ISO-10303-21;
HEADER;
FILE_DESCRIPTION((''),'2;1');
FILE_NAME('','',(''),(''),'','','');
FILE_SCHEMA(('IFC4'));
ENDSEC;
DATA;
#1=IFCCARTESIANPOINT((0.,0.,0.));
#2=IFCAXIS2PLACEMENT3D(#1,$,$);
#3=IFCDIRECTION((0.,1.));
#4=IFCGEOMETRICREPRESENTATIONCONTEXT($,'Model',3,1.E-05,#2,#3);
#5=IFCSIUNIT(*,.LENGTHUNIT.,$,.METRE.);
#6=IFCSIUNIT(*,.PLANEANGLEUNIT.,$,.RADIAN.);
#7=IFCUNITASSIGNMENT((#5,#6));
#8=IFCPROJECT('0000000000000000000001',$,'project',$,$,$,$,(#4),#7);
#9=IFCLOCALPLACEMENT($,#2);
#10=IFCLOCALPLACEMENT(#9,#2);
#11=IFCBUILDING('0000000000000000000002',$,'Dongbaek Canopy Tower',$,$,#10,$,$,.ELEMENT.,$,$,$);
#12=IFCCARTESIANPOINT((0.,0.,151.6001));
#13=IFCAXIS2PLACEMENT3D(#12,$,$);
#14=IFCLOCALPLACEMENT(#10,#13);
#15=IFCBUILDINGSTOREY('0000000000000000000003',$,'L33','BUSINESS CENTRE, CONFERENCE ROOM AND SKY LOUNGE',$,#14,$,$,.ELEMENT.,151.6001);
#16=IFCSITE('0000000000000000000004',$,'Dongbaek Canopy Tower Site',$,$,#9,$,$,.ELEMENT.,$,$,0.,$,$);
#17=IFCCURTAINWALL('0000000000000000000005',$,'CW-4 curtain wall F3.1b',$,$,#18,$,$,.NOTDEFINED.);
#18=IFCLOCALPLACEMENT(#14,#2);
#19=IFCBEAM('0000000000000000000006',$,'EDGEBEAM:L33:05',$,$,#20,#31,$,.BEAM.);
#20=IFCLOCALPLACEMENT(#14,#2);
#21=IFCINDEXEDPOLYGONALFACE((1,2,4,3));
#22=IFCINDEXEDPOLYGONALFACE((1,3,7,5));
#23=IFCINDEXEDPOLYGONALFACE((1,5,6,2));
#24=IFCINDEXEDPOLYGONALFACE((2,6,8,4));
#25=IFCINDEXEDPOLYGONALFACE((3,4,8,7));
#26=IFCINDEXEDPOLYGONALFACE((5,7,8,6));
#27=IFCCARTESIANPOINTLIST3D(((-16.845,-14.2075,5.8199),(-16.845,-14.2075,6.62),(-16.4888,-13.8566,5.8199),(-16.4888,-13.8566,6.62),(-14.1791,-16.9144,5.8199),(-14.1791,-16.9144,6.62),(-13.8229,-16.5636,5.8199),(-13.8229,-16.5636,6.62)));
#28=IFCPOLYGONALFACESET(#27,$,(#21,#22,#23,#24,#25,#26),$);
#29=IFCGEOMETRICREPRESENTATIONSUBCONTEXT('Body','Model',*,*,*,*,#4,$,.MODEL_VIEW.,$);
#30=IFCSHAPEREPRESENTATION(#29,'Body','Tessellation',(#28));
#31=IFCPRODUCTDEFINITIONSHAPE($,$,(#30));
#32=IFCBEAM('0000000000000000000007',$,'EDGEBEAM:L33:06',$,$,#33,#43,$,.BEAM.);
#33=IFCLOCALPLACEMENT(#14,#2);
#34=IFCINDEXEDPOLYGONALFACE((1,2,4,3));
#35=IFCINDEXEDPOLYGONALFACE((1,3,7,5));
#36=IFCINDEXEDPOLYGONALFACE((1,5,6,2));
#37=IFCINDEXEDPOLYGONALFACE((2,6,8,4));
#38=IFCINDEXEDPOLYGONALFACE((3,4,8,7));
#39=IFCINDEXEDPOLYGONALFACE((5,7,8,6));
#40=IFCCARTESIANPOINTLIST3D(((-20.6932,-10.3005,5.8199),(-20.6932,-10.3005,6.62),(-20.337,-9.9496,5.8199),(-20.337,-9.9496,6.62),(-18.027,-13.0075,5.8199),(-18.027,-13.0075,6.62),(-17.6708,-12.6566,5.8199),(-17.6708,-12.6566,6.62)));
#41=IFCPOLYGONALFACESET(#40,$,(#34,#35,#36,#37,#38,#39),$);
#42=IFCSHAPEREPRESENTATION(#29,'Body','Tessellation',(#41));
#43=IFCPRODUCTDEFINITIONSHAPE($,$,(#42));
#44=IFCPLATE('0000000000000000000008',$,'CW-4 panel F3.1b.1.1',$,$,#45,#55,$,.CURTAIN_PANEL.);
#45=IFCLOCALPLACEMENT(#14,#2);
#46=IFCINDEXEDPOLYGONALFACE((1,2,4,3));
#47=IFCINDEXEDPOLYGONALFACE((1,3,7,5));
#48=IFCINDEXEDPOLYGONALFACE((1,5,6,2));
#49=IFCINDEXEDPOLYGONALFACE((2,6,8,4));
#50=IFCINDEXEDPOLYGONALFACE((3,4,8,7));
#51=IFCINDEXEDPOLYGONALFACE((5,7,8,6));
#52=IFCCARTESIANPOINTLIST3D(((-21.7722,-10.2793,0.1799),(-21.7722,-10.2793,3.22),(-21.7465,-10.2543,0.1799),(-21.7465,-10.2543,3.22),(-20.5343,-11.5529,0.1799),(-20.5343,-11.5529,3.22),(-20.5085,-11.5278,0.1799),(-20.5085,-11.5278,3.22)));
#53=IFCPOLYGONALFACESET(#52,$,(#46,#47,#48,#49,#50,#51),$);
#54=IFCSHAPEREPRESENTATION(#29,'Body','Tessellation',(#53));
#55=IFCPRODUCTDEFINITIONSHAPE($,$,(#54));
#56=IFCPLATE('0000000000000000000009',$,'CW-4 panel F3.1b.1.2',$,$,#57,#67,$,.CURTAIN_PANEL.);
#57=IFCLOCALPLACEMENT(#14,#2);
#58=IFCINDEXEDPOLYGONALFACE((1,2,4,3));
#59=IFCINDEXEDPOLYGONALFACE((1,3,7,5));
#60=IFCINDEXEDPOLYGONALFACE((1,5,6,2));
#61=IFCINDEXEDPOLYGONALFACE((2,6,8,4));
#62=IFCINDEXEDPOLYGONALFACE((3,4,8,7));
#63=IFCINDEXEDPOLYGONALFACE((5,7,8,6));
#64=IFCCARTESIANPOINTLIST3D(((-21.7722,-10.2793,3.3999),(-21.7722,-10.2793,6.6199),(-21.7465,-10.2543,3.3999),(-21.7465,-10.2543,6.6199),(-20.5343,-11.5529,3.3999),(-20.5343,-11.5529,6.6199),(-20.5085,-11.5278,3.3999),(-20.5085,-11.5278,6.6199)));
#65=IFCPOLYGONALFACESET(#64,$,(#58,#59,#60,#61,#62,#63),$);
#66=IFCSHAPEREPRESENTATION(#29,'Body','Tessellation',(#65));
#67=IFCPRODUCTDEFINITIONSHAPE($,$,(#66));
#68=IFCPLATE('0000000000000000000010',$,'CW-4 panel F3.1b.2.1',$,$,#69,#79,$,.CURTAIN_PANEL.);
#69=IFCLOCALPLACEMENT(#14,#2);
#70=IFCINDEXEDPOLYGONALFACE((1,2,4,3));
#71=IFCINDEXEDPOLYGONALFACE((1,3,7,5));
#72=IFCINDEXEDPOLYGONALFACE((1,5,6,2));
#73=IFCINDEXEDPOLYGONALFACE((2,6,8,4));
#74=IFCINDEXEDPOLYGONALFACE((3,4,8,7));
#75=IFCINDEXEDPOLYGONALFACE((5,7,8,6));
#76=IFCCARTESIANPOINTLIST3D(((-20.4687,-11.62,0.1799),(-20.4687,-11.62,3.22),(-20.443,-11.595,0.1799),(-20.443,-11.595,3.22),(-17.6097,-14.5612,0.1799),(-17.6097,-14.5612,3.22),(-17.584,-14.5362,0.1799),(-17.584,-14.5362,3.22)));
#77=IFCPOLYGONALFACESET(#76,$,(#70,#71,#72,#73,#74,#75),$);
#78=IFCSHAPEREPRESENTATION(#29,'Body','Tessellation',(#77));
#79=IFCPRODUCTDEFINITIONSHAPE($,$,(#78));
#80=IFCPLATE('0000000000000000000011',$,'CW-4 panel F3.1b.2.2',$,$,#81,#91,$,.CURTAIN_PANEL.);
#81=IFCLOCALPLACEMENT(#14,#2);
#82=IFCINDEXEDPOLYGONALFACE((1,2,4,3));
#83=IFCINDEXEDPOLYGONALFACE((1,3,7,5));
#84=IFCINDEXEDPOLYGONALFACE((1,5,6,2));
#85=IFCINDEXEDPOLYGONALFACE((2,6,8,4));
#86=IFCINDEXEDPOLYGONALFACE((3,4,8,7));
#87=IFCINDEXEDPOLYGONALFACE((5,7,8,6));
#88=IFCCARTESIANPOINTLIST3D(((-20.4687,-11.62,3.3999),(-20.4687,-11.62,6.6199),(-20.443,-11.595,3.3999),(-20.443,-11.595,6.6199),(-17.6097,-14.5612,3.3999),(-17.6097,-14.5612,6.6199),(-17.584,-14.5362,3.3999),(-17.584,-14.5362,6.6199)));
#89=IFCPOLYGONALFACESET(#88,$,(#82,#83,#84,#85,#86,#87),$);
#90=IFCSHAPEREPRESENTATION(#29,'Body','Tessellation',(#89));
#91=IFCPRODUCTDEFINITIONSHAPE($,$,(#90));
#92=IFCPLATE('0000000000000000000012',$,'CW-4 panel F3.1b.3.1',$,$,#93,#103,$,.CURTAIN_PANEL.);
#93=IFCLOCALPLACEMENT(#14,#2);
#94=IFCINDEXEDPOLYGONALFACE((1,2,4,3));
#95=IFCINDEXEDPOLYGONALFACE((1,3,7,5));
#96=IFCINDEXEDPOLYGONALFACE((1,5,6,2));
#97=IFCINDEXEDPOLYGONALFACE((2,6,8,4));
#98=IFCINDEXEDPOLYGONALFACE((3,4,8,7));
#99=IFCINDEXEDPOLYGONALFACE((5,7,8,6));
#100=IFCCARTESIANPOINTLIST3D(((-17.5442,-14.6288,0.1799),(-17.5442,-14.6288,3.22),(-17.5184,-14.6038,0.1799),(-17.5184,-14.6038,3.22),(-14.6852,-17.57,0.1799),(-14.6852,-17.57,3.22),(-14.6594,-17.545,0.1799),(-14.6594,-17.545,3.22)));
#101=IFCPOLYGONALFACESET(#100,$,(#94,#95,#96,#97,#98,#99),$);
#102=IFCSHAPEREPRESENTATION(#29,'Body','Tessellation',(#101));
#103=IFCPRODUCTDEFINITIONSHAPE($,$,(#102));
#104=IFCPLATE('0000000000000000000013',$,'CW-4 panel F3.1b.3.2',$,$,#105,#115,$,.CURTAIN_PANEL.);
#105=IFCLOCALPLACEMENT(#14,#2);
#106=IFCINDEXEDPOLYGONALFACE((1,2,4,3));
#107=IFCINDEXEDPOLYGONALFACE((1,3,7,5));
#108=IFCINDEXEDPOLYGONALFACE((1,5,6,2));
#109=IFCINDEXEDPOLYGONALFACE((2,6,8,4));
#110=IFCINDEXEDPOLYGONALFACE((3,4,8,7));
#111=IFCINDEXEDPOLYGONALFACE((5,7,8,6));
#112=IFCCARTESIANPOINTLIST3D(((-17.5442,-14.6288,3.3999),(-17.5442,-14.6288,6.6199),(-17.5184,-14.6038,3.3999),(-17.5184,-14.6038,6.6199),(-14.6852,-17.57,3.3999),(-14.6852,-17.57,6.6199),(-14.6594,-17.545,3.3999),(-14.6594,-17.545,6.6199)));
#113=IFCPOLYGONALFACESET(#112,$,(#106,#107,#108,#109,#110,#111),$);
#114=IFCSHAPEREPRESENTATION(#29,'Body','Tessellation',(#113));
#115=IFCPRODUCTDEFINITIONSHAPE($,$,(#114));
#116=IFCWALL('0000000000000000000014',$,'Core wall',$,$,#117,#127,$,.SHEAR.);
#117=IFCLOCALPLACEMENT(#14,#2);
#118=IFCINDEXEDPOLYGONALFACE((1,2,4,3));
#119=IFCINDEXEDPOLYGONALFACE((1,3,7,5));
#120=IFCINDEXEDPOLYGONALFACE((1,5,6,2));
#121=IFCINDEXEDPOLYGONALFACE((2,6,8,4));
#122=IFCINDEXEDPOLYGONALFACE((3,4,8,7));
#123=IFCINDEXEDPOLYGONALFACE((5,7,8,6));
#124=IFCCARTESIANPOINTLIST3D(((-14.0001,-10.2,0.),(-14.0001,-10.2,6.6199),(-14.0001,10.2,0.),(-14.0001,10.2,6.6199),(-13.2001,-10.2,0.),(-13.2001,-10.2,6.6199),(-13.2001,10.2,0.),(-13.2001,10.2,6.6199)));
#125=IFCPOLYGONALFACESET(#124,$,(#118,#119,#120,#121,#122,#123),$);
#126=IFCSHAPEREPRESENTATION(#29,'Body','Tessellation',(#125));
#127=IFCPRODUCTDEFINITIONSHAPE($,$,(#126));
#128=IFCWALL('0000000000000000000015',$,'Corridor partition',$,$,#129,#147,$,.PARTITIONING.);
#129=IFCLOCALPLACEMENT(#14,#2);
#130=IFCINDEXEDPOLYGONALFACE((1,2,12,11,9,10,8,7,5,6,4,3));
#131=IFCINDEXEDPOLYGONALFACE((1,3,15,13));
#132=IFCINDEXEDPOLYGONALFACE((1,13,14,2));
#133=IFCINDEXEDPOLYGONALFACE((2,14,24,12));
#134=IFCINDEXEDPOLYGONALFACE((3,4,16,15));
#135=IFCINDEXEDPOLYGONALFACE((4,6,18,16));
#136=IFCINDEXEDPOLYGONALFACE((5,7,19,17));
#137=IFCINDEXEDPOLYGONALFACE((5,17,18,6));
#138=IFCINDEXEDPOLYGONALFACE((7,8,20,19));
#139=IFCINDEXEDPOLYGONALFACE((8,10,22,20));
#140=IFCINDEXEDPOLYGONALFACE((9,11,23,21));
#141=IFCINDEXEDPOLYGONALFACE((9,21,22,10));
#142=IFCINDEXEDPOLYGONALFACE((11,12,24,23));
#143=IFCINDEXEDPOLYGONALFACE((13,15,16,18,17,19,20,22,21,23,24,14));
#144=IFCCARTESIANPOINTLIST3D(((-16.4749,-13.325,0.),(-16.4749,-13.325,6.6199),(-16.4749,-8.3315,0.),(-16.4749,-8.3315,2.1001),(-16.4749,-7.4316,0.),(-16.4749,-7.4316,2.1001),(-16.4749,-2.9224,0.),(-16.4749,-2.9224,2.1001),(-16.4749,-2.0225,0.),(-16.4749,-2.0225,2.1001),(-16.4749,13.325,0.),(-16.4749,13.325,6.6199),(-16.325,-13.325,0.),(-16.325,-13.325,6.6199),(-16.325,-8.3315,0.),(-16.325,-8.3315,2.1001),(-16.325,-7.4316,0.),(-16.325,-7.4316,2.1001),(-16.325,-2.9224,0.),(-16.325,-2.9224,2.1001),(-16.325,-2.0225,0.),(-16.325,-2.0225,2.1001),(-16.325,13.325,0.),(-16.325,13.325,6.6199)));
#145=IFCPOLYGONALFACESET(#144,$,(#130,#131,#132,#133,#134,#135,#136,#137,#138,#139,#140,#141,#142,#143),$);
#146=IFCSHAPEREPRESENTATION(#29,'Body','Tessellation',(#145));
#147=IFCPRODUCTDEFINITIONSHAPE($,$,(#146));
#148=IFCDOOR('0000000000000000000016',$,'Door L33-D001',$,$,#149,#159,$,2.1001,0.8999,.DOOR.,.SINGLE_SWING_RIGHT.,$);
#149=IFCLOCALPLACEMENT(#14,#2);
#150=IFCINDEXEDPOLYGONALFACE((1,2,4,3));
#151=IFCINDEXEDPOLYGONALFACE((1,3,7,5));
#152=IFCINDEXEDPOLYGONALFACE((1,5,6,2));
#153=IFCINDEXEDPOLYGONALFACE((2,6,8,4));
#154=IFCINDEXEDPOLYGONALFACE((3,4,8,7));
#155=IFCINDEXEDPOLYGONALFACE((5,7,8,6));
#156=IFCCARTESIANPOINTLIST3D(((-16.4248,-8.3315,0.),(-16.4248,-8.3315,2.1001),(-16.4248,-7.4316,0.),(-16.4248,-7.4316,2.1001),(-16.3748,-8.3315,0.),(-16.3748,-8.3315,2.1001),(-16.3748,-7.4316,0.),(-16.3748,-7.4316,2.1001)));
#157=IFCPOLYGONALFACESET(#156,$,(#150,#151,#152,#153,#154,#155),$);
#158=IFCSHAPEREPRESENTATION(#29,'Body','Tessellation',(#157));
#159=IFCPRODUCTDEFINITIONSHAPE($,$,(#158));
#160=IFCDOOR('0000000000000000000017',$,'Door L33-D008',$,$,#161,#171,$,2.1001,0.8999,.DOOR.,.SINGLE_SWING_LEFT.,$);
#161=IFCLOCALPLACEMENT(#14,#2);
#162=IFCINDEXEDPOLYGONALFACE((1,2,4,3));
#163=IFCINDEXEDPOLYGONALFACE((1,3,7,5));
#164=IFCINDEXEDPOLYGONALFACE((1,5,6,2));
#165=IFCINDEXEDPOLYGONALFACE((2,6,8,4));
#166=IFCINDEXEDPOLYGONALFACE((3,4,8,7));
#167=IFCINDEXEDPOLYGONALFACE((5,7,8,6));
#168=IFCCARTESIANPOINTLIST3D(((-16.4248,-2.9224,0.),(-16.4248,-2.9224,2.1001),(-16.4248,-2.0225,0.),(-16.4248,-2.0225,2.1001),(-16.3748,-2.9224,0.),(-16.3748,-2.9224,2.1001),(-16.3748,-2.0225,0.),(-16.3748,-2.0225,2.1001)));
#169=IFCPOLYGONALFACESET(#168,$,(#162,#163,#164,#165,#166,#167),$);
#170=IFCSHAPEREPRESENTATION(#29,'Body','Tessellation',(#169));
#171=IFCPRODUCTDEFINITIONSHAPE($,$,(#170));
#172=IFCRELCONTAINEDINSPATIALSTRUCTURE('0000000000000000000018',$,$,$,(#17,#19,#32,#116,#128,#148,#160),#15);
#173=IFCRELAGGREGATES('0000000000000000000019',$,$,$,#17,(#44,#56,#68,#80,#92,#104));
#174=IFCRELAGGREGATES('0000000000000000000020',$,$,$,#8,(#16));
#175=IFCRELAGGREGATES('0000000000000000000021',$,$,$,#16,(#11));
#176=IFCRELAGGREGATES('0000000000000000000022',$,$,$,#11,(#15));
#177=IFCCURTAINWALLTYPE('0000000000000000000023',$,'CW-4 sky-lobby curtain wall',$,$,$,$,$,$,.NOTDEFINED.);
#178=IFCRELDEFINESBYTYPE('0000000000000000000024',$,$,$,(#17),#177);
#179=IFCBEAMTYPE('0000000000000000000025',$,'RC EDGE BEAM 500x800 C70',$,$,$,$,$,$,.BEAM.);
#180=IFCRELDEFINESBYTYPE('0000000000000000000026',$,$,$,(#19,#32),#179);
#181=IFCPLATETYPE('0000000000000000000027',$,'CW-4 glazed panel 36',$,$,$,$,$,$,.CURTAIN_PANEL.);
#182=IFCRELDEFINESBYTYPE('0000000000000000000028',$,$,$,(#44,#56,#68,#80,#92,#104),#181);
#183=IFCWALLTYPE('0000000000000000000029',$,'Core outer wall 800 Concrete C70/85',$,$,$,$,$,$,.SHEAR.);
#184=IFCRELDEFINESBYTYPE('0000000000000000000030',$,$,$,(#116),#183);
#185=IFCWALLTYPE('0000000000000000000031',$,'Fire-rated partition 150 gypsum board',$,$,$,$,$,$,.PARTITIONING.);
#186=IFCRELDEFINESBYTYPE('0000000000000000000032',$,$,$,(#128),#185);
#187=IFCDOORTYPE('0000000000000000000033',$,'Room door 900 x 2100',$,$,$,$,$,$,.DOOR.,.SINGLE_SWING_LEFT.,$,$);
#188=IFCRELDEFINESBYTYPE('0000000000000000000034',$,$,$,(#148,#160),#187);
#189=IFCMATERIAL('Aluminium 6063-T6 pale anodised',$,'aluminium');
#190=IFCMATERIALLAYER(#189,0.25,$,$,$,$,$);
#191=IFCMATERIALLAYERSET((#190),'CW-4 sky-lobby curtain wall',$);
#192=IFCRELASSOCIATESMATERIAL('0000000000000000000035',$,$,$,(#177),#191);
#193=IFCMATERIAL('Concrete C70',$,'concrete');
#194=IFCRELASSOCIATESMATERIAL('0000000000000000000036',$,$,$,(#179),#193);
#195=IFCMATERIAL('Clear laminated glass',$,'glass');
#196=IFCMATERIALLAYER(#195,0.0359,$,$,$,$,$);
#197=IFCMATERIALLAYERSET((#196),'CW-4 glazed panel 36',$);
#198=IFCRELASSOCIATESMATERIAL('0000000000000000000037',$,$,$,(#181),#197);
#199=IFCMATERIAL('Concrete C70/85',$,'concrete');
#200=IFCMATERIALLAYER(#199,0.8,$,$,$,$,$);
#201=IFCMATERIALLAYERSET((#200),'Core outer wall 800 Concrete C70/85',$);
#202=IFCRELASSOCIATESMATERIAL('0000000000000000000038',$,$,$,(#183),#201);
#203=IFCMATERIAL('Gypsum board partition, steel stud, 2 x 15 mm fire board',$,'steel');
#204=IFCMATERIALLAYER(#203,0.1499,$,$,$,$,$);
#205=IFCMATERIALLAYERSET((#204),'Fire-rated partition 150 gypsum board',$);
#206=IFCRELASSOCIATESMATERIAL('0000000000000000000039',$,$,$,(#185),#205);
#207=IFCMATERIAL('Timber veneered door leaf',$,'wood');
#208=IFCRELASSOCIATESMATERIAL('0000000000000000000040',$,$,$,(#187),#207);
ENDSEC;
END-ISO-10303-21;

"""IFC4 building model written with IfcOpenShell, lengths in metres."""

from ifc_helpers import new_model, si_unit, direction, frame, frame_2d, origin, origin_2d, place, context, subcontext, project, spatial, rectangle, extrude, material, layer, layer_set, material_profile, profile_set, type_object, element, fill, aggregate, save


model = new_model("IFC4")

# Units and contexts
model_context = context("Model", 3, precision=1e-05, world=origin(), true_north=direction((0.0, 1.0)))
body_context = subcontext(model_context, "Body", "Model", "MODEL_VIEW")
ifc_project = project(units=[si_unit("LENGTHUNIT", "METRE"), si_unit("PLANEANGLEUNIT", "RADIAN")], contexts=[model_context])

# Site, building, storey
site_placement = place(None, origin())
site = spatial("IfcSite", under=ifc_project, at=site_placement, Name="Dongbaek Canopy Tower Site", CompositionType="ELEMENT", RefElevation=0.0)
building_placement = place(site_placement, origin())
building = spatial("IfcBuilding", under=site, at=building_placement, Name="Dongbaek Canopy Tower", CompositionType="ELEMENT")
storey_placement = place(building_placement, frame((0.0, 0.0, 151.6001)))
storey = spatial("IfcBuildingStorey", under=building, at=storey_placement, Name="L33", Description="BUSINESS CENTRE, CONFERENCE ROOM AND SKY LOUNGE", CompositionType="ELEMENT", Elevation=151.6001)

# Shared definitions
ifc_material_1 = material(Name="Aluminium 6063-T6 pale anodised", Category="aluminium")
ifc_layer_1 = layer(ifc_material_1, 0.25)
ifc_layer_set_1 = layer_set([ifc_layer_1], Name="CW-4 sky-lobby curtain wall")
curtain_wall_type = type_object("IfcCurtainWallType", Name="CW-4 sky-lobby curtain wall", PredefinedType="NOTDEFINED", material=ifc_layer_set_1)

# Curtain wall
curtain_wall_1_placement = place(storey_placement, origin())
curtain_wall_1 = element("IfcCurtainWall", 1, at=curtain_wall_1_placement, inside=storey, type_object=curtain_wall_type, Name="CW-4 curtain wall F3.1b", PredefinedType="NOTDEFINED")

# Beams
ifc_material_2 = material(Name="Concrete C70", Category="concrete")
ifc_material_profile_1 = material_profile(ifc_material_2, rectangle(XDim=0.5, YDim=0.8, at=origin_2d()), Name="RC EDGE BEAM 500x800 C70")
ifc_profile_set_1 = profile_set([ifc_material_profile_1], Name="Concrete C70")
beam_type = type_object("IfcBeamType", Name="RC EDGE BEAM 500x800 C70", PredefinedType="BEAM", material=ifc_profile_set_1)
beam_1_placement = place(storey_placement, frame((-14.001, -16.739, 6.22), z_axis=(-0.701689, 0.712484, 0.0), x_axis=(-0.712484, -0.701689, 0.0)))
element("IfcBeam", 2, at=beam_1_placement, inside=storey, type_object=beam_type, Name="EDGEBEAM:L33:05", PredefinedType="BEAM", context=body_context, shape_type="SweptSolid", body=[
    extrude(rectangle(XDim=0.5, YDim=0.8, at=origin_2d()), origin(), (0.0, 0.0, 1.0), 3.7993),
])
beam_2_placement = place(storey_placement, frame((-17.8489, -12.832, 6.22), z_axis=(-0.701721, 0.712452, 0.0), x_axis=(-0.712452, -0.701721, 0.0)))
element("IfcBeam", 3, at=beam_2_placement, inside=storey, type_object=beam_type, Name="EDGEBEAM:L33:06", PredefinedType="BEAM", context=body_context, shape_type="SweptSolid", body=[
    extrude(rectangle(XDim=0.5, YDim=0.8, at=origin_2d()), origin(), (0.0, 0.0, 1.0), 3.7996),
])

# Plates
ifc_material_3 = material(Name="Clear laminated glass", Category="glass")
ifc_layer_2 = layer(ifc_material_3, 0.0359)
ifc_layer_set_2 = layer_set([ifc_layer_2], Name="CW-4 glazed panel 36")
plate_type = type_object("IfcPlateType", Name="CW-4 glazed panel 36", PredefinedType="CURTAIN_PANEL", material=ifc_layer_set_2)
plate_1_placement = place(storey_placement, frame((-21.1404, -10.9036, 0.1799), z_axis=(0.0, 0.0, 1.0), x_axis=(0.697015, -0.717057, 0.0)))
plate_1 = element("IfcPlate", 4, at=plate_1_placement, type_object=plate_type, Name="CW-4 panel F3.1b.1.1", PredefinedType="CURTAIN_PANEL", context=body_context, shape_type="SweptSolid", body=[
    extrude(rectangle(XDim=1.7761, YDim=0.0359, at=origin_2d()), origin(), (0.0, 0.0, 1.0), 3.04),
])
plate_2_placement = place(storey_placement, frame((-21.1404, -10.9036, 3.3999), z_axis=(0.0, 0.0, 1.0), x_axis=(0.697015, -0.717057, 0.0)))
plate_2 = element("IfcPlate", 5, at=plate_2_placement, type_object=plate_type, Name="CW-4 panel F3.1b.1.2", PredefinedType="CURTAIN_PANEL", context=body_context, shape_type="SweptSolid", body=[
    extrude(rectangle(XDim=1.7761, YDim=0.0359, at=origin_2d()), origin(), (0.0, 0.0, 1.0), 3.22),
])
plate_3_placement = place(storey_placement, frame((-19.0264, -13.0781, 0.1799), z_axis=(0.0, 0.0, 1.0), x_axis=(0.697015, -0.717057, 0.0)))
plate_3 = element("IfcPlate", 6, at=plate_3_placement, type_object=plate_type, Name="CW-4 panel F3.1b.2.1", PredefinedType="CURTAIN_PANEL", context=body_context, shape_type="SweptSolid", body=[
    extrude(rectangle(XDim=4.1018, YDim=0.0359, at=origin_2d()), origin(), (0.0, 0.0, 1.0), 3.04),
])
plate_4_placement = place(storey_placement, frame((-19.0264, -13.0781, 3.3999), z_axis=(0.0, 0.0, 1.0), x_axis=(0.697015, -0.717057, 0.0)))
plate_4 = element("IfcPlate", 7, at=plate_4_placement, type_object=plate_type, Name="CW-4 panel F3.1b.2.2", PredefinedType="CURTAIN_PANEL", context=body_context, shape_type="SweptSolid", body=[
    extrude(rectangle(XDim=4.1018, YDim=0.0359, at=origin_2d()), origin(), (0.0, 0.0, 1.0), 3.22),
])
plate_5_placement = place(storey_placement, frame((-16.1018, -16.0869, 0.1799), z_axis=(0.0, 0.0, 1.0), x_axis=(0.697015, -0.717057, 0.0)))
plate_5 = element("IfcPlate", 8, at=plate_5_placement, type_object=plate_type, Name="CW-4 panel F3.1b.3.1", PredefinedType="CURTAIN_PANEL", context=body_context, shape_type="SweptSolid", body=[
    extrude(rectangle(XDim=4.1018, YDim=0.0359, at=origin_2d()), origin(), (0.0, 0.0, 1.0), 3.04),
])
plate_6_placement = place(storey_placement, frame((-16.1018, -16.0869, 3.3999), z_axis=(0.0, 0.0, 1.0), x_axis=(0.697015, -0.717057, 0.0)))
plate_6 = element("IfcPlate", 9, at=plate_6_placement, type_object=plate_type, Name="CW-4 panel F3.1b.3.2", PredefinedType="CURTAIN_PANEL", context=body_context, shape_type="SweptSolid", body=[
    extrude(rectangle(XDim=4.1018, YDim=0.0359, at=origin_2d()), origin(), (0.0, 0.0, 1.0), 3.22),
])

# Wall
ifc_material_4 = material(Name="Concrete C70/85", Category="concrete")
ifc_layer_3 = layer(ifc_material_4, 0.8)
ifc_layer_set_3 = layer_set([ifc_layer_3], Name="Core outer wall 800 Concrete C70/85")
wall_type_1 = type_object("IfcWallType", Name="Core outer wall 800 Concrete C70/85", PredefinedType="SHEAR", material=ifc_layer_set_3)
wall_1_placement = place(storey_placement, frame((-13.6001, -10.2, 0.0), z_axis=(0.0, 0.0, 1.0), x_axis=(0.0, 1.0, 0.0)))
element("IfcWall", 10, at=wall_1_placement, inside=storey, type_object=wall_type_1, Name="Core wall", PredefinedType="SHEAR", context=body_context, shape_type="SweptSolid", body=[
    extrude(rectangle(XDim=20.3999, YDim=0.8, at=frame_2d((10.2, 0.0))), origin(), (0.0, 0.0, 1.0), 6.6199),
])

# Wall, openings, doors
ifc_material_5 = material(Name="Gypsum board partition, steel stud, 2 x 15 mm fire board", Category="steel")
ifc_layer_4 = layer(ifc_material_5, 0.1499)
ifc_layer_set_4 = layer_set([ifc_layer_4], Name="Fire-rated partition 150 gypsum board")
wall_type_2 = type_object("IfcWallType", Name="Fire-rated partition 150 gypsum board", PredefinedType="PARTITIONING", material=ifc_layer_set_4)
wall_2_placement = place(storey_placement, frame((-16.3999, -13.325, 0.0), z_axis=(0.0, 0.0, 1.0), x_axis=(0.0, 1.0, 0.0)))
wall_2 = element("IfcWall", 11, at=wall_2_placement, inside=storey, type_object=wall_type_2, Name="Corridor partition", PredefinedType="PARTITIONING", context=body_context, shape_type="SweptSolid", body=[
    extrude(rectangle(XDim=26.6499, YDim=0.1499, at=frame_2d((13.325, 0.0))), origin(), (0.0, 0.0, 1.0), 6.6199),
])
opening_1_placement = place(wall_2_placement, frame((4.9934, 0.0, 0.0)))
opening_1 = element("IfcOpeningElement", 12, at=opening_1_placement, cuts=wall_2, PredefinedType="OPENING", context=body_context, shape_type="SweptSolid", body=[
    extrude(rectangle(XDim=0.8999, YDim=2.1001, at=frame_2d((0.45, 1.05))), frame((0.0, 0.085, 0.0), z_axis=(0.0, -1.0, 0.0), x_axis=(1.0, 0.0, 0.0)), (0.0, 0.0, 1.0), 0.1699),
])
opening_2_placement = place(wall_2_placement, frame((10.4026, 0.0, 0.0)))
opening_2 = element("IfcOpeningElement", 13, at=opening_2_placement, cuts=wall_2, PredefinedType="OPENING", context=body_context, shape_type="SweptSolid", body=[
    extrude(rectangle(XDim=0.8999, YDim=2.1001, at=frame_2d((0.45, 1.05))), frame((0.0, 0.085, 0.0), z_axis=(0.0, -1.0, 0.0), x_axis=(1.0, 0.0, 0.0)), (0.0, 0.0, 1.0), 0.1699),
])
ifc_material_6 = material(Name="Timber veneered door leaf", Category="wood")
door_type = type_object("IfcDoorType", Name="Room door 900 x 2100", OperationType="SINGLE_SWING_LEFT", PredefinedType="DOOR", material=ifc_material_6)
door_1_placement = place(opening_1_placement, origin())
door_1 = element("IfcDoor", 14, at=door_1_placement, inside=storey, type_object=door_type, Name="Door L33-D001", OperationType="SINGLE_SWING_RIGHT", OverallHeight=2.1001, OverallWidth=0.8999, PredefinedType="DOOR", context=body_context, shape_type="SweptSolid", body=[
    extrude(rectangle(XDim=0.8999, YDim=2.1001, at=frame_2d((0.45, 1.05))), frame((0.0, 0.0249, 0.0), z_axis=(0.0, -1.0, 0.0), x_axis=(1.0, 0.0, 0.0)), (0.0, 0.0, 1.0), 0.05),
])
fill(opening_1, door_1)
door_2_placement = place(opening_2_placement, origin())
door_2 = element("IfcDoor", 15, at=door_2_placement, inside=storey, type_object=door_type, Name="Door L33-D008", OperationType="SINGLE_SWING_LEFT", OverallHeight=2.1001, OverallWidth=0.8999, PredefinedType="DOOR", context=body_context, shape_type="SweptSolid", body=[
    extrude(rectangle(XDim=0.8999, YDim=2.1001, at=frame_2d((0.45, 1.05))), frame((0.0, 0.0249, 0.0), z_axis=(0.0, -1.0, 0.0), x_axis=(1.0, 0.0, 0.0)), (0.0, 0.0, 1.0), 0.05),
])
fill(opening_2, door_2)

aggregate(curtain_wall_1, [plate_1, plate_2, plate_3, plate_4, plate_5, plate_6])

save(model, "model.ifc")
